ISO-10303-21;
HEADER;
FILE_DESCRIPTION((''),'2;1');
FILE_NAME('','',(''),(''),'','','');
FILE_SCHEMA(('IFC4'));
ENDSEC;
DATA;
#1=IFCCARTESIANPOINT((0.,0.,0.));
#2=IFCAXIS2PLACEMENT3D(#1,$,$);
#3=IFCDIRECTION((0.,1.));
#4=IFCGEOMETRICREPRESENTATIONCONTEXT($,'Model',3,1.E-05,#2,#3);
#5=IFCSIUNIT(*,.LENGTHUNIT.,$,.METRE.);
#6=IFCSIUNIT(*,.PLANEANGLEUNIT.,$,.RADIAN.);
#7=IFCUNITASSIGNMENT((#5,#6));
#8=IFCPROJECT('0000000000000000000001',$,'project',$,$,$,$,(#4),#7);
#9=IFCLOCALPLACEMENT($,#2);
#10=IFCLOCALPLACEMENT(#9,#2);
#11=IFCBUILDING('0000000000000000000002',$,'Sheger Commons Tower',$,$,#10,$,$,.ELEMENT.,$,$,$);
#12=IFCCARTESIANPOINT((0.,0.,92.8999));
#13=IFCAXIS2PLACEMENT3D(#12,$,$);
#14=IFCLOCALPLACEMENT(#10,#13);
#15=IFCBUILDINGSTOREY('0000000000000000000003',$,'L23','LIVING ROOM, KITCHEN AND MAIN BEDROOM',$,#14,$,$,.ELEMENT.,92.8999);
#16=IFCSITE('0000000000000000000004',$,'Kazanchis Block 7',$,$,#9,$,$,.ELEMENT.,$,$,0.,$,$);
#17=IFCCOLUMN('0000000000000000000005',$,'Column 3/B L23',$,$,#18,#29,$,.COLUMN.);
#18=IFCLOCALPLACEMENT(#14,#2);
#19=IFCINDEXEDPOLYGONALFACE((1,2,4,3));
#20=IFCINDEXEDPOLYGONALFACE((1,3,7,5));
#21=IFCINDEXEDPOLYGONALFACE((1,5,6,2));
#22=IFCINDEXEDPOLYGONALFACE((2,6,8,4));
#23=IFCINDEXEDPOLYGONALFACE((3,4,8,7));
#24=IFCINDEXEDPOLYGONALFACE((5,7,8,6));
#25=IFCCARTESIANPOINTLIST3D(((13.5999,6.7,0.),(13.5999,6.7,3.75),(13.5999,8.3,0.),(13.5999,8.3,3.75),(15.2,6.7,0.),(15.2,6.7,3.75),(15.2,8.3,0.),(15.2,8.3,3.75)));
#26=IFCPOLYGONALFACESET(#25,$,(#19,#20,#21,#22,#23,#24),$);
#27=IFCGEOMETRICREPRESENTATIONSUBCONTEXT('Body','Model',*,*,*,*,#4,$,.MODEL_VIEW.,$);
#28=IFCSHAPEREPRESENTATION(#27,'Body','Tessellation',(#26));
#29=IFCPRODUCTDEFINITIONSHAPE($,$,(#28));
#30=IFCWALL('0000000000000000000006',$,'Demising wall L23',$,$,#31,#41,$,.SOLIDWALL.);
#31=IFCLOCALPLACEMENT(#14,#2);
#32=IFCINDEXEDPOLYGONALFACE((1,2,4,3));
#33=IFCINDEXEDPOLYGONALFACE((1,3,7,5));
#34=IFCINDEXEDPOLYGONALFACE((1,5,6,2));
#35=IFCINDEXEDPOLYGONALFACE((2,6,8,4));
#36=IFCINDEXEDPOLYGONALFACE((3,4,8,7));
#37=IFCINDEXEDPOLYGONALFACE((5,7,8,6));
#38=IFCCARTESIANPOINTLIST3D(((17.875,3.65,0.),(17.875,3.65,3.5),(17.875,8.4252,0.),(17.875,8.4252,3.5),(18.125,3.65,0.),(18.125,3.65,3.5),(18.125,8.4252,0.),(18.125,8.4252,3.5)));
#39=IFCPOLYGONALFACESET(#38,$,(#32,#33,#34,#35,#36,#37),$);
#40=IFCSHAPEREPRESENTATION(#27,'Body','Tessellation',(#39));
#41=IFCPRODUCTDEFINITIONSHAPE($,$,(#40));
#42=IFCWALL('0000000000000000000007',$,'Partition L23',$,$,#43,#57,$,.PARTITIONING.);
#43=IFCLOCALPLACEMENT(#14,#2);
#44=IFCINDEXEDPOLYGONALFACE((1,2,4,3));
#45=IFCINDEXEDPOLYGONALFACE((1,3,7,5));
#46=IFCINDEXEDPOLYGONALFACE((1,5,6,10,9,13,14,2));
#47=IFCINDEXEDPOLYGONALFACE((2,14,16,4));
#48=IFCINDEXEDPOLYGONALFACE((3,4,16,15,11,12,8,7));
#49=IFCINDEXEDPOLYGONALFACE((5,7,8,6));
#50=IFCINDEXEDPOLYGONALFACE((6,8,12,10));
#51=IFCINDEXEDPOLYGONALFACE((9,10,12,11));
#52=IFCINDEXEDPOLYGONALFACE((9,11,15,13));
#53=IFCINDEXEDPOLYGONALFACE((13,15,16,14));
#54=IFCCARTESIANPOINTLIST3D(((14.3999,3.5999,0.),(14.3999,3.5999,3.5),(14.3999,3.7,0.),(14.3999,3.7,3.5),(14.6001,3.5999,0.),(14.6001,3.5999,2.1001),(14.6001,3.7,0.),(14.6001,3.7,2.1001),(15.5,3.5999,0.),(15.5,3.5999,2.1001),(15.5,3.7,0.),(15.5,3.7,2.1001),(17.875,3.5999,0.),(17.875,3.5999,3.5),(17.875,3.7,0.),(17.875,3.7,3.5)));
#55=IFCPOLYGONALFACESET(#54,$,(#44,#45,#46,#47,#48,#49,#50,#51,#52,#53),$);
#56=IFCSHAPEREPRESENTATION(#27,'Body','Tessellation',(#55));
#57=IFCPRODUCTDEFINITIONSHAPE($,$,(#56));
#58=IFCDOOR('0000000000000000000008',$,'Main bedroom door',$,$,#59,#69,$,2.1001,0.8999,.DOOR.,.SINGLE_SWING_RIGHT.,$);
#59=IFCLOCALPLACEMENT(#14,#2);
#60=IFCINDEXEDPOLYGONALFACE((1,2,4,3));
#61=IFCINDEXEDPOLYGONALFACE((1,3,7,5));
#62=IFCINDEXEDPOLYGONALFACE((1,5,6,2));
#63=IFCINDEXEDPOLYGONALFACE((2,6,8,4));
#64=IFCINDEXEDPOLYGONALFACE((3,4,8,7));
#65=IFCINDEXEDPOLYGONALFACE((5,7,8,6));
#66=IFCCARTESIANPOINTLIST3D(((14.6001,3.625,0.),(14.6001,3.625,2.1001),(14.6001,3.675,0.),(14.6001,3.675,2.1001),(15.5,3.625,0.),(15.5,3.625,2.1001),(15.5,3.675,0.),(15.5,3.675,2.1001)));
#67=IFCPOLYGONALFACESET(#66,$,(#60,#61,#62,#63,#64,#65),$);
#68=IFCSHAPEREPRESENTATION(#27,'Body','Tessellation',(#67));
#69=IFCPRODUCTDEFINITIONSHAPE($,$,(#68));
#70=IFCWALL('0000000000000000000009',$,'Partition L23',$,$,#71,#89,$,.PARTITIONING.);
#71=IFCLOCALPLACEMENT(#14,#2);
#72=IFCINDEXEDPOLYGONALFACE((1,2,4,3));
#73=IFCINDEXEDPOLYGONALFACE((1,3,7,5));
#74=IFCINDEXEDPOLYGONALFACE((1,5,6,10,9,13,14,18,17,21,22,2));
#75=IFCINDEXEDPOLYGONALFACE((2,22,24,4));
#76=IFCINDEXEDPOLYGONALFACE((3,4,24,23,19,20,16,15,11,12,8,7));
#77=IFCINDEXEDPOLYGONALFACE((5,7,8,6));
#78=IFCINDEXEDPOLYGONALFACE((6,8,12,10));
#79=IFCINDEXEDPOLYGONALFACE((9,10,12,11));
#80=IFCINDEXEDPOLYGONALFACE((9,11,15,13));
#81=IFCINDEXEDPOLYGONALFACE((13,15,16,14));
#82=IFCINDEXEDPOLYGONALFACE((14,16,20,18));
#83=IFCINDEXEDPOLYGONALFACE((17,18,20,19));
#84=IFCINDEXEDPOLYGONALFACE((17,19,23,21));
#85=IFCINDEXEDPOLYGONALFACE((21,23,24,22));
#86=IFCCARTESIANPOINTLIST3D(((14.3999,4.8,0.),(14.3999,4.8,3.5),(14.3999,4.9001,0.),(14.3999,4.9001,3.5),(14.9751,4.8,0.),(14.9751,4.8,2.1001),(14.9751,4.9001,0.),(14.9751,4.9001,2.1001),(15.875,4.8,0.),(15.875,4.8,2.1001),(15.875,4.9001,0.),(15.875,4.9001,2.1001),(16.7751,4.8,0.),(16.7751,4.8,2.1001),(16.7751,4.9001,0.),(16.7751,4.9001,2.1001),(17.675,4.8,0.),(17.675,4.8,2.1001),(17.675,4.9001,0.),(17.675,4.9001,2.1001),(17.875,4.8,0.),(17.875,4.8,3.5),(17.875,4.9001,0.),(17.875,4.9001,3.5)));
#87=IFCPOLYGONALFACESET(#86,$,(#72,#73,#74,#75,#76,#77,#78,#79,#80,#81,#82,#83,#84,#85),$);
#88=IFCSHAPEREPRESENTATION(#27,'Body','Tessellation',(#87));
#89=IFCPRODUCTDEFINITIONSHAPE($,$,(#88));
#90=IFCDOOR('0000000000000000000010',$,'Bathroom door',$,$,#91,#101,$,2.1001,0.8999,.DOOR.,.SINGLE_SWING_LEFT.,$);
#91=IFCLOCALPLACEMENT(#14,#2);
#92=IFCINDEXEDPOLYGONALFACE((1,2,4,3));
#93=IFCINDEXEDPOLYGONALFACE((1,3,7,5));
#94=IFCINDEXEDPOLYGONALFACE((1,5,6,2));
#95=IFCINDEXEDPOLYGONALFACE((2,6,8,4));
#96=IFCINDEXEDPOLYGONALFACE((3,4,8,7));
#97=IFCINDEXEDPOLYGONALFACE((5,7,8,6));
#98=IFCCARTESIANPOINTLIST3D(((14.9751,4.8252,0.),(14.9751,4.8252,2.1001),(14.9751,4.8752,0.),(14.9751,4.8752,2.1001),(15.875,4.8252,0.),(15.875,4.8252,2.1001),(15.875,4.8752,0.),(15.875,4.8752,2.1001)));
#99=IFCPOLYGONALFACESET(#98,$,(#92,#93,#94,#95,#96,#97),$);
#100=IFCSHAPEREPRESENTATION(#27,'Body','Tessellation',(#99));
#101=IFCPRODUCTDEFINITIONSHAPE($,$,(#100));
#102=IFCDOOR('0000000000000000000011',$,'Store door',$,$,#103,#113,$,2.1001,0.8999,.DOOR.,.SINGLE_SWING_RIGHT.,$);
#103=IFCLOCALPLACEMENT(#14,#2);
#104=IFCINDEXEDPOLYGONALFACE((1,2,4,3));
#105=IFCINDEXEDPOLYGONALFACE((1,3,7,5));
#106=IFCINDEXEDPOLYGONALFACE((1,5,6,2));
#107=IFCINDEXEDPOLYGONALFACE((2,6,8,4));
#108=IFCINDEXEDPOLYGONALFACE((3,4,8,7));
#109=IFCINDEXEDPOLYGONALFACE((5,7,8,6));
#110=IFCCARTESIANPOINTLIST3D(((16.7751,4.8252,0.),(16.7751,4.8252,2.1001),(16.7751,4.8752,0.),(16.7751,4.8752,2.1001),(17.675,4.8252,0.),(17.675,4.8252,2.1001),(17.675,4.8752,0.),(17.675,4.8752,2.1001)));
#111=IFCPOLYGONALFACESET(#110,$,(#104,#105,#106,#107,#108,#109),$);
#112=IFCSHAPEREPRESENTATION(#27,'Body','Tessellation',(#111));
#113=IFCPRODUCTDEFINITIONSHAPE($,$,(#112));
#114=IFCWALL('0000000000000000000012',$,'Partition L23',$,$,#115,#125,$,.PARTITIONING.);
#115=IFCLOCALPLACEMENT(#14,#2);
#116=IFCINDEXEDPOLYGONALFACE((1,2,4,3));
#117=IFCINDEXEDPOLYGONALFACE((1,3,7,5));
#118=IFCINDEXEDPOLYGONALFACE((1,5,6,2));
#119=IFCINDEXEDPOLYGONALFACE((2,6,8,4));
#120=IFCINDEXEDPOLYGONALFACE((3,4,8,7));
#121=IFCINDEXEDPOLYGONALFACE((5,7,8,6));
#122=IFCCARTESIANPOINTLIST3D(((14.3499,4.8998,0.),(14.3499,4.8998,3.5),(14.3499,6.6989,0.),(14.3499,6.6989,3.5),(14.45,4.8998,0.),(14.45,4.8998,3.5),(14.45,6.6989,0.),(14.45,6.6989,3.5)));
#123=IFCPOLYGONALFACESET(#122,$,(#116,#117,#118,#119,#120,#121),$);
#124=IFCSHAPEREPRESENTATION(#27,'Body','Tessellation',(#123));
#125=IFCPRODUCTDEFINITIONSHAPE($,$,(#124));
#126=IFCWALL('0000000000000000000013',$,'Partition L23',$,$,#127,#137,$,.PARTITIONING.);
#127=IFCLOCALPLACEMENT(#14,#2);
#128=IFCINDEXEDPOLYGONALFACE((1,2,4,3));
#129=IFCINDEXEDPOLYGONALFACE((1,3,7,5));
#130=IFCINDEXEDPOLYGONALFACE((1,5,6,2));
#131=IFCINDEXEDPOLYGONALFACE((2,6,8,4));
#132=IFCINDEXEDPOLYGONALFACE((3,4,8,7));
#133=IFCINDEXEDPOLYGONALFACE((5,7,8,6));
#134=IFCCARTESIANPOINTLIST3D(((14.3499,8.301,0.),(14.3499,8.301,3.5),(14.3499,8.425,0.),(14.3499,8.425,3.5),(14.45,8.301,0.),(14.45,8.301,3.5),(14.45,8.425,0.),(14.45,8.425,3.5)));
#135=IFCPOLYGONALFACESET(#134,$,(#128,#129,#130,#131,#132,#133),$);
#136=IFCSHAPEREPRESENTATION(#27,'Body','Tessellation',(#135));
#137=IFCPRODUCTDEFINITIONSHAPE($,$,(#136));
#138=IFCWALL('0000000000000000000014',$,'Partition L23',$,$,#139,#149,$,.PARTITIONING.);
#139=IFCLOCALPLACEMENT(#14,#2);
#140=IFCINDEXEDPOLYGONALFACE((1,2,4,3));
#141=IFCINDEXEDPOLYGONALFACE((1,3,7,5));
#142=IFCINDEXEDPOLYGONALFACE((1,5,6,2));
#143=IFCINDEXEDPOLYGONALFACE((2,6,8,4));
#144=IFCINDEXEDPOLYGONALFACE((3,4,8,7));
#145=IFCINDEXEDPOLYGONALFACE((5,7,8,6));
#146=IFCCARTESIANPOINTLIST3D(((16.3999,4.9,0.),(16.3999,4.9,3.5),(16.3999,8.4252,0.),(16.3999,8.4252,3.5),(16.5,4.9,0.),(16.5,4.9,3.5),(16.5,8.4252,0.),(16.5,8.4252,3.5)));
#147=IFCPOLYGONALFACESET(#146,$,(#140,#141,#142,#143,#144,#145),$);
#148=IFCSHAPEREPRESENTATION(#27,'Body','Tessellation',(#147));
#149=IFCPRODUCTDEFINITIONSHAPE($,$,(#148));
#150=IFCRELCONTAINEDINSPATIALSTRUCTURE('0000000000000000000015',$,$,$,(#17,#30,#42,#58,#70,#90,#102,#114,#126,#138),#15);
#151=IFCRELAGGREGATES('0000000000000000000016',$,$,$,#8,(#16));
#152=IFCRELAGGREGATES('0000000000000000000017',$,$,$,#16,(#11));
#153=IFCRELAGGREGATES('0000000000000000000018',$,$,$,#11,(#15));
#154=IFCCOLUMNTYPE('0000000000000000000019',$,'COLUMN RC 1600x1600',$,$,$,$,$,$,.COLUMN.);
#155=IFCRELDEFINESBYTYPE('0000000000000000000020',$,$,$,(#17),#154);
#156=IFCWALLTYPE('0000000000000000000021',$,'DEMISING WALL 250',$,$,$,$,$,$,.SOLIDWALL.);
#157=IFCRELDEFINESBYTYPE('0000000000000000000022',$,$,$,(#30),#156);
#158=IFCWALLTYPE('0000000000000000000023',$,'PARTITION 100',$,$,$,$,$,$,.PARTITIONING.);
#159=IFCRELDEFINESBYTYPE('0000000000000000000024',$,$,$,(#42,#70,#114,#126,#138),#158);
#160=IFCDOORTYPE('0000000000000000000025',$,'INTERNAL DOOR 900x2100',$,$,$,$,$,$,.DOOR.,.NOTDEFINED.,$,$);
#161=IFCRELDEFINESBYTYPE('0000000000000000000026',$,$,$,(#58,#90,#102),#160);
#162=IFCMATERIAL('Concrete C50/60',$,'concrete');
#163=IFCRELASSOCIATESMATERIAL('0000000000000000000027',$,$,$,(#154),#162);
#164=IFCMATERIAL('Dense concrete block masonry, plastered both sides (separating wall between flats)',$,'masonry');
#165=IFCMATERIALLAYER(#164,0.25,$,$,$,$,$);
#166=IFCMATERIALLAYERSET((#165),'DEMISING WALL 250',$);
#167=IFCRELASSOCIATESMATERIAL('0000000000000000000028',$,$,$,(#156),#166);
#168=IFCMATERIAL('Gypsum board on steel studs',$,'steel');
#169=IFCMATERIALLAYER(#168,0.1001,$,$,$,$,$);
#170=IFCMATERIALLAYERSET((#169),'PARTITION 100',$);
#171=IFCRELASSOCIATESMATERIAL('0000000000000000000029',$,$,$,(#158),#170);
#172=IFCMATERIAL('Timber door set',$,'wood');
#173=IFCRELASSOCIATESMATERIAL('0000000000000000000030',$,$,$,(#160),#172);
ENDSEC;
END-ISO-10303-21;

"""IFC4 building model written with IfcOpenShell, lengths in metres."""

from ifc_helpers import new_model, si_unit, direction, frame, frame_2d, origin, origin_2d, place, context, subcontext, project, spatial, rectangle, extrude, material, layer, layer_set, material_profile, profile_set, type_object, element, fill, save


model = new_model("IFC4")

# Units and contexts
model_context = context("Model", 3, precision=1e-05, world=origin(), true_north=direction((0.0, 1.0)))
body_context = subcontext(model_context, "Body", "Model", "MODEL_VIEW")
ifc_project = project(units=[si_unit("LENGTHUNIT", "METRE"), si_unit("PLANEANGLEUNIT", "RADIAN")], contexts=[model_context])

# Site, building, storey
site_placement = place(None, origin())
site = spatial("IfcSite", under=ifc_project, at=site_placement, Name="Kazanchis Block 7", CompositionType="ELEMENT", RefElevation=0.0)
building_placement = place(site_placement, origin())
building = spatial("IfcBuilding", under=site, at=building_placement, Name="Sheger Commons Tower", CompositionType="ELEMENT")
storey_placement = place(building_placement, frame((0.0, 0.0, 92.8999)))
storey = spatial("IfcBuildingStorey", under=building, at=storey_placement, Name="L23", Description="LIVING ROOM, KITCHEN AND MAIN BEDROOM", CompositionType="ELEMENT", Elevation=92.8999)

# Column
ifc_material_1 = material(Name="Concrete C50/60", Category="concrete")
ifc_material_profile = material_profile(ifc_material_1, rectangle(XDim=1.6001, YDim=1.6001, at=origin_2d()), Name="RC 1600x1600")
ifc_profile_set = profile_set([ifc_material_profile], Name="Concrete C50/60")
column_type = type_object("IfcColumnType", Name="COLUMN RC 1600x1600", PredefinedType="COLUMN", material=ifc_profile_set)
column_placement = place(storey_placement, frame((14.3999, 7.5, 0.0), z_axis=(0.0, 0.0, 1.0), x_axis=(1.0, 0.0, 0.0)))
element("IfcColumn", 1, at=column_placement, inside=storey, type_object=column_type, Name="Column 3/B L23", PredefinedType="COLUMN", context=body_context, shape_type="SweptSolid", body=[
    extrude(rectangle(XDim=1.6001, YDim=1.6001, at=origin_2d()), origin(), (0.0, 0.0, 1.0), 3.75),
])

# Wall
ifc_material_2 = material(Name="Dense concrete block masonry, plastered both sides (separating wall between flats)", Category="masonry")
ifc_layer_1 = layer(ifc_material_2, 0.25)
ifc_layer_set_1 = layer_set([ifc_layer_1], Name="DEMISING WALL 250")
wall_type_1 = type_object("IfcWallType", Name="DEMISING WALL 250", PredefinedType="SOLIDWALL", material=ifc_layer_set_1)
wall_1_placement = place(storey_placement, frame((18.0, 3.6499, 0.0), z_axis=(0.0, 0.0, 1.0), x_axis=(0.0, 1.0, 0.0)))
element("IfcWall", 2, at=wall_1_placement, inside=storey, type_object=wall_type_1, Name="Demising wall L23", PredefinedType="SOLIDWALL", context=body_context, shape_type="SweptSolid", body=[
    extrude(rectangle(XDim=4.7751, YDim=0.25, at=frame_2d((2.3877, 0.0))), origin(), (0.0, 0.0, 1.0), 3.5),
])

# Wall, opening, door
ifc_material_3 = material(Name="Gypsum board on steel studs", Category="steel")
ifc_layer_2 = layer(ifc_material_3, 0.1001)
ifc_layer_set_2 = layer_set([ifc_layer_2], Name="PARTITION 100")
wall_type_2 = type_object("IfcWallType", Name="PARTITION 100", PredefinedType="PARTITIONING", material=ifc_layer_set_2)
wall_2_placement = place(storey_placement, frame((17.875, 3.6499, 0.0), z_axis=(0.0, 0.0, 1.0), x_axis=(-1.0, 0.0, 0.0)))
wall_2 = element("IfcWall", 3, at=wall_2_placement, inside=storey, type_object=wall_type_2, Name="Partition L23", PredefinedType="PARTITIONING", context=body_context, shape_type="SweptSolid", body=[
    extrude(rectangle(XDim=3.4751, YDim=0.1001, at=frame_2d((1.7375, 0.0))), origin(), (0.0, 0.0, 1.0), 3.5),
])
opening_1_placement = place(wall_2_placement, frame((2.375, 0.0, 0.0)))
opening_1 = element("IfcOpeningElement", 4, at=opening_1_placement, cuts=wall_2, PredefinedType="OPENING", context=body_context, shape_type="SweptSolid", body=[
    extrude(rectangle(XDim=0.8999, YDim=2.1001, at=frame_2d((0.45, 1.05))), frame((0.0, 0.0601, 0.0), z_axis=(0.0, -1.0, 0.0), x_axis=(1.0, 0.0, 0.0)), (0.0, 0.0, 1.0), 0.1201),
])
ifc_material_4 = material(Name="Timber door set", Category="wood")
door_type_1 = type_object("IfcDoorType", Name="INTERNAL DOOR 900x2100", OperationType="NOTDEFINED", PredefinedType="DOOR", material=ifc_material_4)
door_1_placement = place(opening_1_placement, origin())
door_1 = element("IfcDoor", 5, at=door_1_placement, inside=storey, type_object=door_type_1, Name="Main bedroom door", OperationType="SINGLE_SWING_RIGHT", OverallHeight=2.1001, OverallWidth=0.8999, PredefinedType="DOOR", context=body_context, shape_type="SweptSolid", body=[
    extrude(rectangle(XDim=0.8999, YDim=2.1001, at=frame_2d((0.45, 1.05))), frame((0.0, 0.0249, 0.0), z_axis=(0.0, -1.0, 0.0), x_axis=(1.0, 0.0, 0.0)), (0.0, 0.0, 1.0), 0.05),
])
fill(opening_1, door_1)

# Wall, openings, doors
wall_3_placement = place(storey_placement, frame((17.875, 4.8501, 0.0), z_axis=(0.0, 0.0, 1.0), x_axis=(-1.0, 0.0, 0.0)))
wall_3 = element("IfcWall", 6, at=wall_3_placement, inside=storey, type_object=wall_type_2, Name="Partition L23", PredefinedType="PARTITIONING", context=body_context, shape_type="SweptSolid", body=[
    extrude(rectangle(XDim=3.4751, YDim=0.1001, at=frame_2d((1.7375, 0.0))), origin(), (0.0, 0.0, 1.0), 3.5),
])
opening_2_placement = place(wall_3_placement, frame((2.0, 0.0, 0.0)))
opening_2 = element("IfcOpeningElement", 7, at=opening_2_placement, cuts=wall_3, PredefinedType="OPENING", context=body_context, shape_type="SweptSolid", body=[
    extrude(rectangle(XDim=0.8999, YDim=2.1001, at=frame_2d((0.45, 1.05))), frame((0.0, 0.0601, 0.0), z_axis=(0.0, -1.0, 0.0), x_axis=(1.0, 0.0, 0.0)), (0.0, 0.0, 1.0), 0.1201),
])
opening_3_placement = place(wall_3_placement, frame((0.2, 0.0, 0.0)))
opening_3 = element("IfcOpeningElement", 8, at=opening_3_placement, cuts=wall_3, PredefinedType="OPENING", context=body_context, shape_type="SweptSolid", body=[
    extrude(rectangle(XDim=0.8999, YDim=2.1001, at=frame_2d((0.45, 1.05))), frame((0.0, 0.0601, 0.0), z_axis=(0.0, -1.0, 0.0), x_axis=(1.0, 0.0, 0.0)), (0.0, 0.0, 1.0), 0.1201),
])
door_2_placement = place(opening_2_placement, origin())
door_2 = element("IfcDoor", 9, at=door_2_placement, inside=storey, type_object=door_type_1, Name="Bathroom door", OperationType="SINGLE_SWING_LEFT", OverallHeight=2.1001, OverallWidth=0.8999, PredefinedType="DOOR", context=body_context, shape_type="SweptSolid", body=[
    extrude(rectangle(XDim=0.8999, YDim=2.1001, at=frame_2d((0.45, 1.05))), frame((0.0, 0.0249, 0.0), z_axis=(0.0, -1.0, 0.0), x_axis=(1.0, 0.0, 0.0)), (0.0, 0.0, 1.0), 0.05),
])
fill(opening_2, door_2)
door_3_placement = place(opening_3_placement, origin())
door_3 = element("IfcDoor", 10, at=door_3_placement, inside=storey, type_object=door_type_1, Name="Store door", OperationType="SINGLE_SWING_RIGHT", OverallHeight=2.1001, OverallWidth=0.8999, PredefinedType="DOOR", context=body_context, shape_type="SweptSolid", body=[
    extrude(rectangle(XDim=0.8999, YDim=2.1001, at=frame_2d((0.45, 1.05))), frame((0.0, 0.0249, 0.0), z_axis=(0.0, -1.0, 0.0), x_axis=(1.0, 0.0, 0.0)), (0.0, 0.0, 1.0), 0.05),
])
fill(opening_3, door_3)

# Walls
wall_4_placement = place(storey_placement, frame((14.3999, 4.8999, 0.0), z_axis=(0.0, 0.0, 1.0), x_axis=(0.0, 1.0, 0.0)))
element("IfcWall", 11, at=wall_4_placement, inside=storey, type_object=wall_type_2, Name="Partition L23", PredefinedType="PARTITIONING", context=body_context, shape_type="SweptSolid", body=[
    extrude(rectangle(XDim=1.7991, YDim=0.1001, at=frame_2d((0.8994, 0.0))), origin(), (0.0, 0.0, 1.0), 3.5),
])
wall_5_placement = place(storey_placement, frame((14.3999, 8.301, 0.0), z_axis=(0.0, 0.0, 1.0), x_axis=(0.0, 1.0, 0.0)))
element("IfcWall", 12, at=wall_5_placement, inside=storey, type_object=wall_type_2, Name="Partition L23", PredefinedType="PARTITIONING", context=body_context, shape_type="SweptSolid", body=[
    extrude(rectangle(XDim=0.124, YDim=0.1001, at=frame_2d((0.062, 0.0))), origin(), (0.0, 0.0, 1.0), 3.5),
])
wall_6_placement = place(storey_placement, frame((16.45, 4.8999, 0.0), z_axis=(0.0, 0.0, 1.0), x_axis=(0.0, 1.0, 0.0)))
element("IfcWall", 13, at=wall_6_placement, inside=storey, type_object=wall_type_2, Name="Partition L23", PredefinedType="PARTITIONING", context=body_context, shape_type="SweptSolid", body=[
    extrude(rectangle(XDim=3.5251, YDim=0.1001, at=frame_2d((1.7627, 0.0))), origin(), (0.0, 0.0, 1.0), 3.5),
])

save(model, "model.ifc")
